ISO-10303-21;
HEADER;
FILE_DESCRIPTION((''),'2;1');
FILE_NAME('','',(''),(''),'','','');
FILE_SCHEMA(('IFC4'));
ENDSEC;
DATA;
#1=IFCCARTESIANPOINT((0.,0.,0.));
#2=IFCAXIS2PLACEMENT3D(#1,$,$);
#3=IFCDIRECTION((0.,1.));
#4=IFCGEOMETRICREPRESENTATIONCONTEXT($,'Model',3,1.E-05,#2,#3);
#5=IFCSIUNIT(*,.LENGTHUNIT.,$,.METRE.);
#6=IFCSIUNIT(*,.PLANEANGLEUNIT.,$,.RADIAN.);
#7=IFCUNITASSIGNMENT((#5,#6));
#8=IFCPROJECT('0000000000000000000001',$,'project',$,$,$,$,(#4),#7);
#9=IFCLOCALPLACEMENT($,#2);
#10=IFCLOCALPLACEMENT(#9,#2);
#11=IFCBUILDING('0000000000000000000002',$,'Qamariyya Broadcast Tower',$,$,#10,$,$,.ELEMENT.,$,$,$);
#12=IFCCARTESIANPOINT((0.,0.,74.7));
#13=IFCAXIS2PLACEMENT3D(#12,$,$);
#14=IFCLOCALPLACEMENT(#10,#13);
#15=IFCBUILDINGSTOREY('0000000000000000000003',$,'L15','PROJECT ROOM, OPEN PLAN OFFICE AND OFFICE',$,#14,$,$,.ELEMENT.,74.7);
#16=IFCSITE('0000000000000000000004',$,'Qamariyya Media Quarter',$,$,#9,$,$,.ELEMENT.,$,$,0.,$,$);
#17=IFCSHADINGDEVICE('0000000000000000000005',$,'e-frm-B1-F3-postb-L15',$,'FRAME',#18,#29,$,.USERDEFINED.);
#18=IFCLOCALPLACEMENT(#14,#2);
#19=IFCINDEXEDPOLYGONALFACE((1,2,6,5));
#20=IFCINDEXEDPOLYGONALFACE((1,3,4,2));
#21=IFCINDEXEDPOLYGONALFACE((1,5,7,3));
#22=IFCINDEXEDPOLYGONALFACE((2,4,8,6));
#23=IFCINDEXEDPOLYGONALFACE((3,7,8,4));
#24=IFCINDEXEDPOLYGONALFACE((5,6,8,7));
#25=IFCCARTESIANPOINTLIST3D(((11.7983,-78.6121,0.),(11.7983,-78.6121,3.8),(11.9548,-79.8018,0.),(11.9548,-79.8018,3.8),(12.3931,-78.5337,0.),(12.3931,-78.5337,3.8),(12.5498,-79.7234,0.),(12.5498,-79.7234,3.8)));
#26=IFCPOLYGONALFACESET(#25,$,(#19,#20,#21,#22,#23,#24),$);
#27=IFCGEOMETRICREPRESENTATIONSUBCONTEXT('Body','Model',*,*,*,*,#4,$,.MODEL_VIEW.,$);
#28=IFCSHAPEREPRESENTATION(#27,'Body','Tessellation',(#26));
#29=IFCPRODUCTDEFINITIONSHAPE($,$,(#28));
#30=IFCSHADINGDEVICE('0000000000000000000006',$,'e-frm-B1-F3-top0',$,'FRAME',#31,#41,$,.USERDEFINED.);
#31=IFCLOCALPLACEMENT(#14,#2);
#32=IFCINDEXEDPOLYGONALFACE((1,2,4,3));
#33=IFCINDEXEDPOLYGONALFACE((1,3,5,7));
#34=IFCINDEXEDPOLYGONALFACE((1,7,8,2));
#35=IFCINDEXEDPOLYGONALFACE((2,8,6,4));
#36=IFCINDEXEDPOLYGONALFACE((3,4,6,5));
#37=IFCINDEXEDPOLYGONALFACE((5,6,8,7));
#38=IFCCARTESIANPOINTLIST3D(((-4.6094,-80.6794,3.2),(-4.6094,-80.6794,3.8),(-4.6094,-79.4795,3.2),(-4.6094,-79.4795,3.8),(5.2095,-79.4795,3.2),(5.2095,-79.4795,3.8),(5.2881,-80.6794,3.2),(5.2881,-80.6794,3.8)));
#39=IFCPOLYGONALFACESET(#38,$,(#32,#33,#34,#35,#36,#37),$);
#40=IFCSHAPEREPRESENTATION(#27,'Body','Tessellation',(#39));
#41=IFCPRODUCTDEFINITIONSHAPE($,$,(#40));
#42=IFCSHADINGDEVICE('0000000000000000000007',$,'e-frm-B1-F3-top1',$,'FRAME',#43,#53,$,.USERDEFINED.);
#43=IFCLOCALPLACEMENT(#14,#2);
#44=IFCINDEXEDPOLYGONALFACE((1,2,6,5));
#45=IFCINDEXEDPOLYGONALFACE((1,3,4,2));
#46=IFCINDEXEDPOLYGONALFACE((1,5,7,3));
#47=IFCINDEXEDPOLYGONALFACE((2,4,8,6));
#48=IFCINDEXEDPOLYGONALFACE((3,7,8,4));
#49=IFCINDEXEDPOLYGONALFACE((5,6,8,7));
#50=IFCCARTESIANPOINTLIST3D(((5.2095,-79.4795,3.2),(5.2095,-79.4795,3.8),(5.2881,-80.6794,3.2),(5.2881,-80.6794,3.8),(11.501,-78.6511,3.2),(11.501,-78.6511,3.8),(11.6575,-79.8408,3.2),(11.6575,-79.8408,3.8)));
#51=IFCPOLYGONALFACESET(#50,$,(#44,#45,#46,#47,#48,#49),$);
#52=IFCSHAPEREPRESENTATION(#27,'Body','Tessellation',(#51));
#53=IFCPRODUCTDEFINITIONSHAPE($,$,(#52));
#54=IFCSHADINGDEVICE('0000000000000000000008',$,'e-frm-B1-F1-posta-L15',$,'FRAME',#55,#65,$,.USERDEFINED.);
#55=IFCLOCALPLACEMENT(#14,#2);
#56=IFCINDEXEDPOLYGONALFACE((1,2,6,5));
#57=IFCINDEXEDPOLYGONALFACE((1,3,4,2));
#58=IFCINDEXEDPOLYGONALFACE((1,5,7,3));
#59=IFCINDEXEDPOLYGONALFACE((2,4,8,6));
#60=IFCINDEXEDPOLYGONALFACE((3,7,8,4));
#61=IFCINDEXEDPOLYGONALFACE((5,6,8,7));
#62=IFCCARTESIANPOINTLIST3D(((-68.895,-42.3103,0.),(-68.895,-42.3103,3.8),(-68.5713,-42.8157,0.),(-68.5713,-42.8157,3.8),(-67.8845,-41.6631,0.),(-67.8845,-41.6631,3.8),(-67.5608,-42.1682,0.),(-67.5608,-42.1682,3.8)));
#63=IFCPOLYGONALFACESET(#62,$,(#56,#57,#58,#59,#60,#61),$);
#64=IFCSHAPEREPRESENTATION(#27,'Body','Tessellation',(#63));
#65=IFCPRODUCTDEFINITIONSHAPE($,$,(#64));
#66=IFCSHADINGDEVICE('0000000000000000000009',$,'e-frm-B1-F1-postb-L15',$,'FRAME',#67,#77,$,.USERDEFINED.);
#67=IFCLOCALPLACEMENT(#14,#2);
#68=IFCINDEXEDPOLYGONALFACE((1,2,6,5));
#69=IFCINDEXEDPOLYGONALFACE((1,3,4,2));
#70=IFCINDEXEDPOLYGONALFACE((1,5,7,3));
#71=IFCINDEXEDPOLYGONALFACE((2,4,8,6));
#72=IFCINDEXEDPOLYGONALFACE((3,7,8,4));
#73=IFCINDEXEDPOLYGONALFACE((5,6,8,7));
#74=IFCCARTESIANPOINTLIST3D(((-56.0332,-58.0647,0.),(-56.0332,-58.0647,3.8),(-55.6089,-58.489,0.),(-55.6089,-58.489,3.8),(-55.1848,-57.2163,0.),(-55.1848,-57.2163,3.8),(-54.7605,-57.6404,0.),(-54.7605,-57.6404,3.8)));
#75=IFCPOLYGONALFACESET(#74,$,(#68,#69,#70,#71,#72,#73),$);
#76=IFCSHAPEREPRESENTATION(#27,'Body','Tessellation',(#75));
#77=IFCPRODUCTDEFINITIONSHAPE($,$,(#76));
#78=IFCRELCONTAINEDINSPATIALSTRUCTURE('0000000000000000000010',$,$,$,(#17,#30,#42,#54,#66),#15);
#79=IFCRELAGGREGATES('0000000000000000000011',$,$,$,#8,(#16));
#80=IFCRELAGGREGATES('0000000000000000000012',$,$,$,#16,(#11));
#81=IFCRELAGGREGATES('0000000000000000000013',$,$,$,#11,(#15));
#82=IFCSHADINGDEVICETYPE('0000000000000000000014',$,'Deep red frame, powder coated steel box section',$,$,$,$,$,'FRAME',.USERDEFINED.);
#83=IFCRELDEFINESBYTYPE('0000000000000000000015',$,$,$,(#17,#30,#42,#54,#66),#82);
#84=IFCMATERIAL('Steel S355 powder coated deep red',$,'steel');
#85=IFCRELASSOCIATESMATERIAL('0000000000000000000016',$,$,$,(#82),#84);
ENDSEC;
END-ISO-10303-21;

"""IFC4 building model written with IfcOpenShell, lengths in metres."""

from ifc_helpers import new_model, si_unit, direction, frame, origin, place, context, subcontext, project, spatial, polyline, outline, extrude, material, type_object, element, save


model = new_model("IFC4")

# Units and contexts
model_context = context("Model", 3, precision=1e-05, world=origin(), true_north=direction((0.0, 1.0)))
body_context = subcontext(model_context, "Body", "Model", "MODEL_VIEW")
ifc_project = project(units=[si_unit("LENGTHUNIT", "METRE"), si_unit("PLANEANGLEUNIT", "RADIAN")], contexts=[model_context])

# Site, building, storey
site_placement = place(None, origin())
site = spatial("IfcSite", under=ifc_project, at=site_placement, Name="Qamariyya Media Quarter", CompositionType="ELEMENT", RefElevation=0.0)
building_placement = place(site_placement, origin())
building = spatial("IfcBuilding", under=site, at=building_placement, Name="Qamariyya Broadcast Tower", CompositionType="ELEMENT")
storey_placement = place(building_placement, frame((0.0, 0.0, 74.7)))
storey = spatial("IfcBuildingStorey", under=building, at=storey_placement, Name="L15", Description="PROJECT ROOM, OPEN PLAN OFFICE AND OFFICE", CompositionType="ELEMENT", Elevation=74.7)

# Shading devices
ifc_material_1 = material(Name="Steel S355 powder coated deep red", Category="steel")
shading_device_type = type_object("IfcShadingDeviceType", Name="Deep red frame, powder coated steel box section", ElementType="FRAME", PredefinedType="USERDEFINED", material=ifc_material_1)
shading_device_1_placement = place(storey_placement, origin())
element("IfcShadingDevice", 1, at=shading_device_1_placement, inside=storey, type_object=shading_device_type, Name="e-frm-B1-F3-postb-L15", ObjectType="FRAME", PredefinedType="USERDEFINED", context=body_context, shape_type="SweptSolid", body=[
    extrude(outline(polyline([(11.7983, -78.6121), (11.9548, -79.8018), (12.5498, -79.7234), (12.3931, -78.5337), (11.7983, -78.6121)])), origin(), (0.0, 0.0, 1.0), 3.8),
])
shading_device_2_placement = place(storey_placement, frame((0.0, 0.0, 3.2)))
element("IfcShadingDevice", 2, at=shading_device_2_placement, inside=storey, type_object=shading_device_type, Name="e-frm-B1-F3-top0", ObjectType="FRAME", PredefinedType="USERDEFINED", context=body_context, shape_type="SweptSolid", body=[
    extrude(outline(polyline([(-4.6094, -79.4795), (-4.6094, -80.6794), (5.2881, -80.6794), (5.2095, -79.4795), (-4.6094, -79.4795)])), origin(), (0.0, 0.0, 1.0), 0.6001),
])
shading_device_3_placement = place(storey_placement, frame((0.0, 0.0, 3.2)))
element("IfcShadingDevice", 3, at=shading_device_3_placement, inside=storey, type_object=shading_device_type, Name="e-frm-B1-F3-top1", ObjectType="FRAME", PredefinedType="USERDEFINED", context=body_context, shape_type="SweptSolid", body=[
    extrude(outline(polyline([(5.2095, -79.4795), (5.2881, -80.6794), (11.6575, -79.8408), (11.501, -78.6511), (5.2095, -79.4795)])), origin(), (0.0, 0.0, 1.0), 0.6001),
])
shading_device_4_placement = place(storey_placement, origin())
element("IfcShadingDevice", 4, at=shading_device_4_placement, inside=storey, type_object=shading_device_type, Name="e-frm-B1-F1-posta-L15", ObjectType="FRAME", PredefinedType="USERDEFINED", context=body_context, shape_type="SweptSolid", body=[
    extrude(outline(polyline([(-67.8845, -41.6631), (-68.895, -42.3103), (-68.5713, -42.8157), (-67.5608, -42.1682), (-67.8845, -41.6631)])), origin(), (0.0, 0.0, 1.0), 3.8),
])
shading_device_5_placement = place(storey_placement, origin())
element("IfcShadingDevice", 5, at=shading_device_5_placement, inside=storey, type_object=shading_device_type, Name="e-frm-B1-F1-postb-L15", ObjectType="FRAME", PredefinedType="USERDEFINED", context=body_context, shape_type="SweptSolid", body=[
    extrude(outline(polyline([(-55.1848, -57.2163), (-56.0332, -58.0647), (-55.6089, -58.489), (-54.7605, -57.6404), (-55.1848, -57.2163)])), origin(), (0.0, 0.0, 1.0), 3.8),
])

save(model, "model.ifc")
